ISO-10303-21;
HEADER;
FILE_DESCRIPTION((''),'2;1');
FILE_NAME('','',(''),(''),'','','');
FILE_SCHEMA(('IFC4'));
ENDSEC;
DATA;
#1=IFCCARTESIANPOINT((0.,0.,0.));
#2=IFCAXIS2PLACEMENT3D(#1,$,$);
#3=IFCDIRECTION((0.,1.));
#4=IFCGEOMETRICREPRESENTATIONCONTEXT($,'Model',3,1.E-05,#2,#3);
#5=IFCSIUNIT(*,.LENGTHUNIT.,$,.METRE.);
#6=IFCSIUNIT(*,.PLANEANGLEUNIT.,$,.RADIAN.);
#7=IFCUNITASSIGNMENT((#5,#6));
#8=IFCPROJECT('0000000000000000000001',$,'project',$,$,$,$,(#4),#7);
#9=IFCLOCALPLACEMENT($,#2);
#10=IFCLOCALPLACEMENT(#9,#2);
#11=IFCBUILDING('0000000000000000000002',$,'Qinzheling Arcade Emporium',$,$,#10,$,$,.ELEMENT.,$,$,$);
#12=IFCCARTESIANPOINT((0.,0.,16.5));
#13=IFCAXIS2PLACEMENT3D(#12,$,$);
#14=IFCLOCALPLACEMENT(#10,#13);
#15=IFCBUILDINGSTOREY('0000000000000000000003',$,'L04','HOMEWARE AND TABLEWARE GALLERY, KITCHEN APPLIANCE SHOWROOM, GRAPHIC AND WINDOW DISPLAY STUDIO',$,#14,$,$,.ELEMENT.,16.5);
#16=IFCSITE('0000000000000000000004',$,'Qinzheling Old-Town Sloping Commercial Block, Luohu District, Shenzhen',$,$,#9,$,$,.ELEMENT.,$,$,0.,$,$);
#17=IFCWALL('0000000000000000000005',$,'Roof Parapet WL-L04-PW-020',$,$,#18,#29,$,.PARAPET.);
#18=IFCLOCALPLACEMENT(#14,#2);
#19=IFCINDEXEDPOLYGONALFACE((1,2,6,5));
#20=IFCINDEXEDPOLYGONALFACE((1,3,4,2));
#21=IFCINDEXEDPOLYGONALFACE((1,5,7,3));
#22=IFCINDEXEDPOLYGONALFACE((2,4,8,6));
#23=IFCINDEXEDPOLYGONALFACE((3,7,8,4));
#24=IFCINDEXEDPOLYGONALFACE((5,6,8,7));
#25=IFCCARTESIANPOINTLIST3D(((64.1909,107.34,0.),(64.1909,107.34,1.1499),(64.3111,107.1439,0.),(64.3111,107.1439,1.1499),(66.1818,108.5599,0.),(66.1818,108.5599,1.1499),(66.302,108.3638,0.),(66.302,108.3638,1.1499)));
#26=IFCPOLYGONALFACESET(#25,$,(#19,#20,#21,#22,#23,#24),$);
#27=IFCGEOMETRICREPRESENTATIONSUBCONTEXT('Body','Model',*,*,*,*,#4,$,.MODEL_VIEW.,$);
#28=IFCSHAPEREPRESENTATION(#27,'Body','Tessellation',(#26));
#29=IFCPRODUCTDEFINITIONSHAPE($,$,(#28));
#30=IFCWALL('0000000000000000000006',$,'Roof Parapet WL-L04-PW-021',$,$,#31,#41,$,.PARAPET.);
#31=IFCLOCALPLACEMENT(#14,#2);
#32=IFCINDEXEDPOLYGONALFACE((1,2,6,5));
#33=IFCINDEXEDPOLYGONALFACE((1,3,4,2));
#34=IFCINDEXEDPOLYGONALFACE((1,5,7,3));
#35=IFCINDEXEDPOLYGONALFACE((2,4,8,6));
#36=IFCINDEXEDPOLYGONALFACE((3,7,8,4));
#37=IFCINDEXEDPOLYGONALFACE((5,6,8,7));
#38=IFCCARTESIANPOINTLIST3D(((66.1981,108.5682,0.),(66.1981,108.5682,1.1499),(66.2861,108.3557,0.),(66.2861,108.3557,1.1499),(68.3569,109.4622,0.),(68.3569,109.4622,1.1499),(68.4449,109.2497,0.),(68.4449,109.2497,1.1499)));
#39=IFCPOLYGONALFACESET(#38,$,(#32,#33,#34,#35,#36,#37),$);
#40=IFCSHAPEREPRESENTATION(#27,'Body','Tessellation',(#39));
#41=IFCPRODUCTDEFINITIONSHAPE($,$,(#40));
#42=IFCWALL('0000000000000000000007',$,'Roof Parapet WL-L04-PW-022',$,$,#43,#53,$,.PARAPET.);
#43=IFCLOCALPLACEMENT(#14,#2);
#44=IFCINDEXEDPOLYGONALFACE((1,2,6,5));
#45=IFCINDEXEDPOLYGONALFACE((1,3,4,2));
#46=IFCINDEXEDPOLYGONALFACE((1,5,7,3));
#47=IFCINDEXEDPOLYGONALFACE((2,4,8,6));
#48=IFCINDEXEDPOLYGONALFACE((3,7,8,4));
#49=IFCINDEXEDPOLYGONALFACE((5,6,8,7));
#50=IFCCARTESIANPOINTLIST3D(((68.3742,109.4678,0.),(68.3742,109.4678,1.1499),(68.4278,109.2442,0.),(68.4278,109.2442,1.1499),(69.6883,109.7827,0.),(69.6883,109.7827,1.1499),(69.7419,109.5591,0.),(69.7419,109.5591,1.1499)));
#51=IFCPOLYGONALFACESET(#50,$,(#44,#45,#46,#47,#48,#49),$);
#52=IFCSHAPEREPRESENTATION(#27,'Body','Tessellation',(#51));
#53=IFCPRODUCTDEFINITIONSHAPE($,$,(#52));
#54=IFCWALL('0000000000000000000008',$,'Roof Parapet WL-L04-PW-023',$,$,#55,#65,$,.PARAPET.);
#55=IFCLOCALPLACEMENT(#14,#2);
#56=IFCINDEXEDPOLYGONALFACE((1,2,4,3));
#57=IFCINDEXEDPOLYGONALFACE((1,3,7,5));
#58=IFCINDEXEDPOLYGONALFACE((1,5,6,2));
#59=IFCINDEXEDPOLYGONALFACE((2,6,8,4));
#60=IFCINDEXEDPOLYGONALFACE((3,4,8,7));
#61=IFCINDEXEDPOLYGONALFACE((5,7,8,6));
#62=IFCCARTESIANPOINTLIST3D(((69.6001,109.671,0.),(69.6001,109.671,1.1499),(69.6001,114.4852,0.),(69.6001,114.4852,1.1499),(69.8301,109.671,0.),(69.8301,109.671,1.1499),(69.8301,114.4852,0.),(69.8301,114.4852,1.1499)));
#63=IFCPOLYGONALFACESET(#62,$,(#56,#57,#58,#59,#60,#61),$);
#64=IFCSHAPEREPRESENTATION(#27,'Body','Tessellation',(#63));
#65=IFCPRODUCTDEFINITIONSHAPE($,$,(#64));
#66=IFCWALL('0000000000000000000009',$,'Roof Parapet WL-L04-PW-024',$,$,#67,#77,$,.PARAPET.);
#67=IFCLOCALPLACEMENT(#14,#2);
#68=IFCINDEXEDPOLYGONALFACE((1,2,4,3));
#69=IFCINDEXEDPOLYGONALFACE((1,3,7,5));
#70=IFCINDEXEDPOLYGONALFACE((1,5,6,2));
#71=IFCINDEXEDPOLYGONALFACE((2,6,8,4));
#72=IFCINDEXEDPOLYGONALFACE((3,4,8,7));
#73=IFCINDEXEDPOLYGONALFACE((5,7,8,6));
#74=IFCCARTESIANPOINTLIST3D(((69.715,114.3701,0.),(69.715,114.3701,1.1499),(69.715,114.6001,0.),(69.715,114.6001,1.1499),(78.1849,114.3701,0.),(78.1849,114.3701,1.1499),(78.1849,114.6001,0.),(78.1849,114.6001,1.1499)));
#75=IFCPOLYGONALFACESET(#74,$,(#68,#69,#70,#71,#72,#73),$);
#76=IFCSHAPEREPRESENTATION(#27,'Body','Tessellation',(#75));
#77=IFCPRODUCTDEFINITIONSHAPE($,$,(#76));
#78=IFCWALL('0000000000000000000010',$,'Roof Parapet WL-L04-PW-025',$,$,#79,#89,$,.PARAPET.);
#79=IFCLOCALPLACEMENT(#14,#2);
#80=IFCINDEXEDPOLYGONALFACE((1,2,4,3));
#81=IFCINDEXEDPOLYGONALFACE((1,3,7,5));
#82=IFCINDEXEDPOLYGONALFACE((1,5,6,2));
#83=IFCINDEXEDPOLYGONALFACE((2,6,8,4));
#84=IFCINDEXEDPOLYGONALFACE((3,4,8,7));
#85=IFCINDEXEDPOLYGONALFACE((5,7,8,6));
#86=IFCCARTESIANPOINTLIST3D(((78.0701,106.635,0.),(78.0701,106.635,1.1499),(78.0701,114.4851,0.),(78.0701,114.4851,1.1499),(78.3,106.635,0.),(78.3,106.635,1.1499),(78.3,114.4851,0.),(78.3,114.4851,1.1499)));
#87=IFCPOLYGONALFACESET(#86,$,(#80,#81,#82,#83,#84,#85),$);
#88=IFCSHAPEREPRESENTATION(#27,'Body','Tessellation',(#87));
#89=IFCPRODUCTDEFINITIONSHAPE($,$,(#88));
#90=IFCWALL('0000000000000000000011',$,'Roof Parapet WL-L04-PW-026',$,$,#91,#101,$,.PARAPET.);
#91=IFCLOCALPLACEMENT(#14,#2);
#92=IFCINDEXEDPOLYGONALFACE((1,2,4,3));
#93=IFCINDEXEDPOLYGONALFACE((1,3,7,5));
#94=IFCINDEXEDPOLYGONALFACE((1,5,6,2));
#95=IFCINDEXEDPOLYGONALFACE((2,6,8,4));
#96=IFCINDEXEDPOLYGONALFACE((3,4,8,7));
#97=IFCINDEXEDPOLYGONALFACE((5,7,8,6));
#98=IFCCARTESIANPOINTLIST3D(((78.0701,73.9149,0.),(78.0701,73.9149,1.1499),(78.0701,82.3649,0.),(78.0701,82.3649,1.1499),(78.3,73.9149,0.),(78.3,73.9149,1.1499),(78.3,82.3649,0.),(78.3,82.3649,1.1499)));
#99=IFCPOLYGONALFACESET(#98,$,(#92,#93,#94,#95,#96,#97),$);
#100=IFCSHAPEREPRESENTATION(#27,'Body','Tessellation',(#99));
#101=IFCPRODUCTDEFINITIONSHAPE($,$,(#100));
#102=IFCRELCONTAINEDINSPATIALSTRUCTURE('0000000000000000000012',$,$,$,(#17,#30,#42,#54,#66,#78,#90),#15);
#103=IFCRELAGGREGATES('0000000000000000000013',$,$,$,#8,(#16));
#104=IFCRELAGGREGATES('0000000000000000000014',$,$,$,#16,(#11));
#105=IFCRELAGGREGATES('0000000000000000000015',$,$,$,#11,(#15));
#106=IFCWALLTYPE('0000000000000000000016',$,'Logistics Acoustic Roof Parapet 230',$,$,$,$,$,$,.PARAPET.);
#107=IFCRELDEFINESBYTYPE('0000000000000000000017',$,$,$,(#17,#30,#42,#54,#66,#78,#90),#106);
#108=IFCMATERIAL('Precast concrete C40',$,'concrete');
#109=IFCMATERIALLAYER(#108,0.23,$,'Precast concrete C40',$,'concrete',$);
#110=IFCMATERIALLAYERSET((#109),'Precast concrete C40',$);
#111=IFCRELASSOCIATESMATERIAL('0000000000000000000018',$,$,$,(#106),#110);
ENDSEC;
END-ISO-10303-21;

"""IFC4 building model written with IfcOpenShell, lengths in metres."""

from ifc_helpers import new_model, si_unit, direction, frame, frame_2d, origin, place, context, subcontext, project, spatial, rectangle, extrude, material, layer, layer_set, type_object, element, save


model = new_model("IFC4")

# Units and contexts
model_context = context("Model", 3, precision=1e-05, world=origin(), true_north=direction((0.0, 1.0)))
body_context = subcontext(model_context, "Body", "Model", "MODEL_VIEW")
ifc_project = project(units=[si_unit("LENGTHUNIT", "METRE"), si_unit("PLANEANGLEUNIT", "RADIAN")], contexts=[model_context])

# Site, building, storey
site_placement = place(None, origin())
site = spatial("IfcSite", under=ifc_project, at=site_placement, Name="Qinzheling Old-Town Sloping Commercial Block, Luohu District, Shenzhen", CompositionType="ELEMENT", RefElevation=0.0)
building_placement = place(site_placement, origin())
building = spatial("IfcBuilding", under=site, at=building_placement, Name="Qinzheling Arcade Emporium", CompositionType="ELEMENT")
storey_placement = place(building_placement, frame((0.0, 0.0, 16.5)))
storey = spatial("IfcBuildingStorey", under=building, at=storey_placement, Name="L04", Description="HOMEWARE AND TABLEWARE GALLERY, KITCHEN APPLIANCE SHOWROOM, GRAPHIC AND WINDOW DISPLAY STUDIO", CompositionType="ELEMENT", Elevation=16.5)

# Walls
ifc_material_1 = material(Name="Precast concrete C40", Category="concrete")
ifc_layer_1 = layer(ifc_material_1, 0.23, Name="Precast concrete C40", Category="concrete")
ifc_layer_set_1 = layer_set([ifc_layer_1], Name="Precast concrete C40")
wall_type_1 = type_object("IfcWallType", Name="Logistics Acoustic Roof Parapet 230", PredefinedType="PARAPET", material=ifc_layer_set_1)
wall_1_placement = place(storey_placement, frame((64.251, 107.2419, 0.0), z_axis=(0.0, 0.0, 1.0), x_axis=(0.852658, 0.522469, 0.0)))
element("IfcWall", 1, at=wall_1_placement, inside=storey, type_object=wall_type_1, Name="Roof Parapet WL-L04-PW-020", PredefinedType="PARAPET", context=body_context, shape_type="SweptSolid", body=[
    extrude(rectangle(XDim=2.335, YDim=0.23, at=frame_2d((1.1675, 0.0))), origin(), (0.0, 0.0, 1.0), 1.1499),
])
wall_2_placement = place(storey_placement, frame((66.2419, 108.4619, 0.0), z_axis=(0.0, 0.0, 1.0), x_axis=(0.923912, 0.382604, 0.0)))
element("IfcWall", 2, at=wall_2_placement, inside=storey, type_object=wall_type_1, Name="Roof Parapet WL-L04-PW-021", PredefinedType="PARAPET", context=body_context, shape_type="SweptSolid", body=[
    extrude(rectangle(XDim=2.3367, YDim=0.23, at=frame_2d((1.1685, 0.0))), origin(), (0.0, 0.0, 1.0), 1.1499),
])
wall_3_placement = place(storey_placement, frame((68.4009, 109.356, 0.0), z_axis=(0.0, 0.0, 1.0), x_axis=(0.972466, 0.233045, 0.0)))
element("IfcWall", 3, at=wall_3_placement, inside=storey, type_object=wall_type_1, Name="Roof Parapet WL-L04-PW-022", PredefinedType="PARAPET", context=body_context, shape_type="SweptSolid", body=[
    extrude(rectangle(XDim=1.3513, YDim=0.23, at=frame_2d((0.6758, 0.0))), origin(), (0.0, 0.0, 1.0), 1.1499),
])
wall_4_placement = place(storey_placement, frame((69.7151, 109.6709, 0.0), z_axis=(0.0, 0.0, 1.0), x_axis=(0.0, 1.0, 0.0)))
element("IfcWall", 4, at=wall_4_placement, inside=storey, type_object=wall_type_1, Name="Roof Parapet WL-L04-PW-023", PredefinedType="PARAPET", context=body_context, shape_type="SweptSolid", body=[
    extrude(rectangle(XDim=4.8142, YDim=0.23, at=frame_2d((2.4072, 0.0))), origin(), (0.0, 0.0, 1.0), 1.1499),
])
wall_5_placement = place(storey_placement, frame((69.7151, 114.4851, 0.0), z_axis=(0.0, 0.0, 1.0), x_axis=(1.0, 0.0, 0.0)))
element("IfcWall", 5, at=wall_5_placement, inside=storey, type_object=wall_type_1, Name="Roof Parapet WL-L04-PW-024", PredefinedType="PARAPET", context=body_context, shape_type="SweptSolid", body=[
    extrude(rectangle(XDim=8.47, YDim=0.23, at=frame_2d((4.2349, 0.0))), origin(), (0.0, 0.0, 1.0), 1.1499),
])
wall_6_placement = place(storey_placement, frame((78.1851, 114.4851, 0.0), z_axis=(0.0, 0.0, 1.0), x_axis=(0.0, -1.0, 0.0)))
element("IfcWall", 6, at=wall_6_placement, inside=storey, type_object=wall_type_1, Name="Roof Parapet WL-L04-PW-025", PredefinedType="PARAPET", context=body_context, shape_type="SweptSolid", body=[
    extrude(rectangle(XDim=7.8501, YDim=0.23, at=frame_2d((3.925, 0.0))), origin(), (0.0, 0.0, 1.0), 1.1499),
])
wall_7_placement = place(storey_placement, frame((78.1851, 82.365, 0.0), z_axis=(0.0, 0.0, 1.0), x_axis=(0.0, -1.0, 0.0)))
element("IfcWall", 7, at=wall_7_placement, inside=storey, type_object=wall_type_1, Name="Roof Parapet WL-L04-PW-026", PredefinedType="PARAPET", context=body_context, shape_type="SweptSolid", body=[
    extrude(rectangle(XDim=8.45, YDim=0.23, at=frame_2d((4.2251, 0.0))), origin(), (0.0, 0.0, 1.0), 1.1499),
])

save(model, "model.ifc")
